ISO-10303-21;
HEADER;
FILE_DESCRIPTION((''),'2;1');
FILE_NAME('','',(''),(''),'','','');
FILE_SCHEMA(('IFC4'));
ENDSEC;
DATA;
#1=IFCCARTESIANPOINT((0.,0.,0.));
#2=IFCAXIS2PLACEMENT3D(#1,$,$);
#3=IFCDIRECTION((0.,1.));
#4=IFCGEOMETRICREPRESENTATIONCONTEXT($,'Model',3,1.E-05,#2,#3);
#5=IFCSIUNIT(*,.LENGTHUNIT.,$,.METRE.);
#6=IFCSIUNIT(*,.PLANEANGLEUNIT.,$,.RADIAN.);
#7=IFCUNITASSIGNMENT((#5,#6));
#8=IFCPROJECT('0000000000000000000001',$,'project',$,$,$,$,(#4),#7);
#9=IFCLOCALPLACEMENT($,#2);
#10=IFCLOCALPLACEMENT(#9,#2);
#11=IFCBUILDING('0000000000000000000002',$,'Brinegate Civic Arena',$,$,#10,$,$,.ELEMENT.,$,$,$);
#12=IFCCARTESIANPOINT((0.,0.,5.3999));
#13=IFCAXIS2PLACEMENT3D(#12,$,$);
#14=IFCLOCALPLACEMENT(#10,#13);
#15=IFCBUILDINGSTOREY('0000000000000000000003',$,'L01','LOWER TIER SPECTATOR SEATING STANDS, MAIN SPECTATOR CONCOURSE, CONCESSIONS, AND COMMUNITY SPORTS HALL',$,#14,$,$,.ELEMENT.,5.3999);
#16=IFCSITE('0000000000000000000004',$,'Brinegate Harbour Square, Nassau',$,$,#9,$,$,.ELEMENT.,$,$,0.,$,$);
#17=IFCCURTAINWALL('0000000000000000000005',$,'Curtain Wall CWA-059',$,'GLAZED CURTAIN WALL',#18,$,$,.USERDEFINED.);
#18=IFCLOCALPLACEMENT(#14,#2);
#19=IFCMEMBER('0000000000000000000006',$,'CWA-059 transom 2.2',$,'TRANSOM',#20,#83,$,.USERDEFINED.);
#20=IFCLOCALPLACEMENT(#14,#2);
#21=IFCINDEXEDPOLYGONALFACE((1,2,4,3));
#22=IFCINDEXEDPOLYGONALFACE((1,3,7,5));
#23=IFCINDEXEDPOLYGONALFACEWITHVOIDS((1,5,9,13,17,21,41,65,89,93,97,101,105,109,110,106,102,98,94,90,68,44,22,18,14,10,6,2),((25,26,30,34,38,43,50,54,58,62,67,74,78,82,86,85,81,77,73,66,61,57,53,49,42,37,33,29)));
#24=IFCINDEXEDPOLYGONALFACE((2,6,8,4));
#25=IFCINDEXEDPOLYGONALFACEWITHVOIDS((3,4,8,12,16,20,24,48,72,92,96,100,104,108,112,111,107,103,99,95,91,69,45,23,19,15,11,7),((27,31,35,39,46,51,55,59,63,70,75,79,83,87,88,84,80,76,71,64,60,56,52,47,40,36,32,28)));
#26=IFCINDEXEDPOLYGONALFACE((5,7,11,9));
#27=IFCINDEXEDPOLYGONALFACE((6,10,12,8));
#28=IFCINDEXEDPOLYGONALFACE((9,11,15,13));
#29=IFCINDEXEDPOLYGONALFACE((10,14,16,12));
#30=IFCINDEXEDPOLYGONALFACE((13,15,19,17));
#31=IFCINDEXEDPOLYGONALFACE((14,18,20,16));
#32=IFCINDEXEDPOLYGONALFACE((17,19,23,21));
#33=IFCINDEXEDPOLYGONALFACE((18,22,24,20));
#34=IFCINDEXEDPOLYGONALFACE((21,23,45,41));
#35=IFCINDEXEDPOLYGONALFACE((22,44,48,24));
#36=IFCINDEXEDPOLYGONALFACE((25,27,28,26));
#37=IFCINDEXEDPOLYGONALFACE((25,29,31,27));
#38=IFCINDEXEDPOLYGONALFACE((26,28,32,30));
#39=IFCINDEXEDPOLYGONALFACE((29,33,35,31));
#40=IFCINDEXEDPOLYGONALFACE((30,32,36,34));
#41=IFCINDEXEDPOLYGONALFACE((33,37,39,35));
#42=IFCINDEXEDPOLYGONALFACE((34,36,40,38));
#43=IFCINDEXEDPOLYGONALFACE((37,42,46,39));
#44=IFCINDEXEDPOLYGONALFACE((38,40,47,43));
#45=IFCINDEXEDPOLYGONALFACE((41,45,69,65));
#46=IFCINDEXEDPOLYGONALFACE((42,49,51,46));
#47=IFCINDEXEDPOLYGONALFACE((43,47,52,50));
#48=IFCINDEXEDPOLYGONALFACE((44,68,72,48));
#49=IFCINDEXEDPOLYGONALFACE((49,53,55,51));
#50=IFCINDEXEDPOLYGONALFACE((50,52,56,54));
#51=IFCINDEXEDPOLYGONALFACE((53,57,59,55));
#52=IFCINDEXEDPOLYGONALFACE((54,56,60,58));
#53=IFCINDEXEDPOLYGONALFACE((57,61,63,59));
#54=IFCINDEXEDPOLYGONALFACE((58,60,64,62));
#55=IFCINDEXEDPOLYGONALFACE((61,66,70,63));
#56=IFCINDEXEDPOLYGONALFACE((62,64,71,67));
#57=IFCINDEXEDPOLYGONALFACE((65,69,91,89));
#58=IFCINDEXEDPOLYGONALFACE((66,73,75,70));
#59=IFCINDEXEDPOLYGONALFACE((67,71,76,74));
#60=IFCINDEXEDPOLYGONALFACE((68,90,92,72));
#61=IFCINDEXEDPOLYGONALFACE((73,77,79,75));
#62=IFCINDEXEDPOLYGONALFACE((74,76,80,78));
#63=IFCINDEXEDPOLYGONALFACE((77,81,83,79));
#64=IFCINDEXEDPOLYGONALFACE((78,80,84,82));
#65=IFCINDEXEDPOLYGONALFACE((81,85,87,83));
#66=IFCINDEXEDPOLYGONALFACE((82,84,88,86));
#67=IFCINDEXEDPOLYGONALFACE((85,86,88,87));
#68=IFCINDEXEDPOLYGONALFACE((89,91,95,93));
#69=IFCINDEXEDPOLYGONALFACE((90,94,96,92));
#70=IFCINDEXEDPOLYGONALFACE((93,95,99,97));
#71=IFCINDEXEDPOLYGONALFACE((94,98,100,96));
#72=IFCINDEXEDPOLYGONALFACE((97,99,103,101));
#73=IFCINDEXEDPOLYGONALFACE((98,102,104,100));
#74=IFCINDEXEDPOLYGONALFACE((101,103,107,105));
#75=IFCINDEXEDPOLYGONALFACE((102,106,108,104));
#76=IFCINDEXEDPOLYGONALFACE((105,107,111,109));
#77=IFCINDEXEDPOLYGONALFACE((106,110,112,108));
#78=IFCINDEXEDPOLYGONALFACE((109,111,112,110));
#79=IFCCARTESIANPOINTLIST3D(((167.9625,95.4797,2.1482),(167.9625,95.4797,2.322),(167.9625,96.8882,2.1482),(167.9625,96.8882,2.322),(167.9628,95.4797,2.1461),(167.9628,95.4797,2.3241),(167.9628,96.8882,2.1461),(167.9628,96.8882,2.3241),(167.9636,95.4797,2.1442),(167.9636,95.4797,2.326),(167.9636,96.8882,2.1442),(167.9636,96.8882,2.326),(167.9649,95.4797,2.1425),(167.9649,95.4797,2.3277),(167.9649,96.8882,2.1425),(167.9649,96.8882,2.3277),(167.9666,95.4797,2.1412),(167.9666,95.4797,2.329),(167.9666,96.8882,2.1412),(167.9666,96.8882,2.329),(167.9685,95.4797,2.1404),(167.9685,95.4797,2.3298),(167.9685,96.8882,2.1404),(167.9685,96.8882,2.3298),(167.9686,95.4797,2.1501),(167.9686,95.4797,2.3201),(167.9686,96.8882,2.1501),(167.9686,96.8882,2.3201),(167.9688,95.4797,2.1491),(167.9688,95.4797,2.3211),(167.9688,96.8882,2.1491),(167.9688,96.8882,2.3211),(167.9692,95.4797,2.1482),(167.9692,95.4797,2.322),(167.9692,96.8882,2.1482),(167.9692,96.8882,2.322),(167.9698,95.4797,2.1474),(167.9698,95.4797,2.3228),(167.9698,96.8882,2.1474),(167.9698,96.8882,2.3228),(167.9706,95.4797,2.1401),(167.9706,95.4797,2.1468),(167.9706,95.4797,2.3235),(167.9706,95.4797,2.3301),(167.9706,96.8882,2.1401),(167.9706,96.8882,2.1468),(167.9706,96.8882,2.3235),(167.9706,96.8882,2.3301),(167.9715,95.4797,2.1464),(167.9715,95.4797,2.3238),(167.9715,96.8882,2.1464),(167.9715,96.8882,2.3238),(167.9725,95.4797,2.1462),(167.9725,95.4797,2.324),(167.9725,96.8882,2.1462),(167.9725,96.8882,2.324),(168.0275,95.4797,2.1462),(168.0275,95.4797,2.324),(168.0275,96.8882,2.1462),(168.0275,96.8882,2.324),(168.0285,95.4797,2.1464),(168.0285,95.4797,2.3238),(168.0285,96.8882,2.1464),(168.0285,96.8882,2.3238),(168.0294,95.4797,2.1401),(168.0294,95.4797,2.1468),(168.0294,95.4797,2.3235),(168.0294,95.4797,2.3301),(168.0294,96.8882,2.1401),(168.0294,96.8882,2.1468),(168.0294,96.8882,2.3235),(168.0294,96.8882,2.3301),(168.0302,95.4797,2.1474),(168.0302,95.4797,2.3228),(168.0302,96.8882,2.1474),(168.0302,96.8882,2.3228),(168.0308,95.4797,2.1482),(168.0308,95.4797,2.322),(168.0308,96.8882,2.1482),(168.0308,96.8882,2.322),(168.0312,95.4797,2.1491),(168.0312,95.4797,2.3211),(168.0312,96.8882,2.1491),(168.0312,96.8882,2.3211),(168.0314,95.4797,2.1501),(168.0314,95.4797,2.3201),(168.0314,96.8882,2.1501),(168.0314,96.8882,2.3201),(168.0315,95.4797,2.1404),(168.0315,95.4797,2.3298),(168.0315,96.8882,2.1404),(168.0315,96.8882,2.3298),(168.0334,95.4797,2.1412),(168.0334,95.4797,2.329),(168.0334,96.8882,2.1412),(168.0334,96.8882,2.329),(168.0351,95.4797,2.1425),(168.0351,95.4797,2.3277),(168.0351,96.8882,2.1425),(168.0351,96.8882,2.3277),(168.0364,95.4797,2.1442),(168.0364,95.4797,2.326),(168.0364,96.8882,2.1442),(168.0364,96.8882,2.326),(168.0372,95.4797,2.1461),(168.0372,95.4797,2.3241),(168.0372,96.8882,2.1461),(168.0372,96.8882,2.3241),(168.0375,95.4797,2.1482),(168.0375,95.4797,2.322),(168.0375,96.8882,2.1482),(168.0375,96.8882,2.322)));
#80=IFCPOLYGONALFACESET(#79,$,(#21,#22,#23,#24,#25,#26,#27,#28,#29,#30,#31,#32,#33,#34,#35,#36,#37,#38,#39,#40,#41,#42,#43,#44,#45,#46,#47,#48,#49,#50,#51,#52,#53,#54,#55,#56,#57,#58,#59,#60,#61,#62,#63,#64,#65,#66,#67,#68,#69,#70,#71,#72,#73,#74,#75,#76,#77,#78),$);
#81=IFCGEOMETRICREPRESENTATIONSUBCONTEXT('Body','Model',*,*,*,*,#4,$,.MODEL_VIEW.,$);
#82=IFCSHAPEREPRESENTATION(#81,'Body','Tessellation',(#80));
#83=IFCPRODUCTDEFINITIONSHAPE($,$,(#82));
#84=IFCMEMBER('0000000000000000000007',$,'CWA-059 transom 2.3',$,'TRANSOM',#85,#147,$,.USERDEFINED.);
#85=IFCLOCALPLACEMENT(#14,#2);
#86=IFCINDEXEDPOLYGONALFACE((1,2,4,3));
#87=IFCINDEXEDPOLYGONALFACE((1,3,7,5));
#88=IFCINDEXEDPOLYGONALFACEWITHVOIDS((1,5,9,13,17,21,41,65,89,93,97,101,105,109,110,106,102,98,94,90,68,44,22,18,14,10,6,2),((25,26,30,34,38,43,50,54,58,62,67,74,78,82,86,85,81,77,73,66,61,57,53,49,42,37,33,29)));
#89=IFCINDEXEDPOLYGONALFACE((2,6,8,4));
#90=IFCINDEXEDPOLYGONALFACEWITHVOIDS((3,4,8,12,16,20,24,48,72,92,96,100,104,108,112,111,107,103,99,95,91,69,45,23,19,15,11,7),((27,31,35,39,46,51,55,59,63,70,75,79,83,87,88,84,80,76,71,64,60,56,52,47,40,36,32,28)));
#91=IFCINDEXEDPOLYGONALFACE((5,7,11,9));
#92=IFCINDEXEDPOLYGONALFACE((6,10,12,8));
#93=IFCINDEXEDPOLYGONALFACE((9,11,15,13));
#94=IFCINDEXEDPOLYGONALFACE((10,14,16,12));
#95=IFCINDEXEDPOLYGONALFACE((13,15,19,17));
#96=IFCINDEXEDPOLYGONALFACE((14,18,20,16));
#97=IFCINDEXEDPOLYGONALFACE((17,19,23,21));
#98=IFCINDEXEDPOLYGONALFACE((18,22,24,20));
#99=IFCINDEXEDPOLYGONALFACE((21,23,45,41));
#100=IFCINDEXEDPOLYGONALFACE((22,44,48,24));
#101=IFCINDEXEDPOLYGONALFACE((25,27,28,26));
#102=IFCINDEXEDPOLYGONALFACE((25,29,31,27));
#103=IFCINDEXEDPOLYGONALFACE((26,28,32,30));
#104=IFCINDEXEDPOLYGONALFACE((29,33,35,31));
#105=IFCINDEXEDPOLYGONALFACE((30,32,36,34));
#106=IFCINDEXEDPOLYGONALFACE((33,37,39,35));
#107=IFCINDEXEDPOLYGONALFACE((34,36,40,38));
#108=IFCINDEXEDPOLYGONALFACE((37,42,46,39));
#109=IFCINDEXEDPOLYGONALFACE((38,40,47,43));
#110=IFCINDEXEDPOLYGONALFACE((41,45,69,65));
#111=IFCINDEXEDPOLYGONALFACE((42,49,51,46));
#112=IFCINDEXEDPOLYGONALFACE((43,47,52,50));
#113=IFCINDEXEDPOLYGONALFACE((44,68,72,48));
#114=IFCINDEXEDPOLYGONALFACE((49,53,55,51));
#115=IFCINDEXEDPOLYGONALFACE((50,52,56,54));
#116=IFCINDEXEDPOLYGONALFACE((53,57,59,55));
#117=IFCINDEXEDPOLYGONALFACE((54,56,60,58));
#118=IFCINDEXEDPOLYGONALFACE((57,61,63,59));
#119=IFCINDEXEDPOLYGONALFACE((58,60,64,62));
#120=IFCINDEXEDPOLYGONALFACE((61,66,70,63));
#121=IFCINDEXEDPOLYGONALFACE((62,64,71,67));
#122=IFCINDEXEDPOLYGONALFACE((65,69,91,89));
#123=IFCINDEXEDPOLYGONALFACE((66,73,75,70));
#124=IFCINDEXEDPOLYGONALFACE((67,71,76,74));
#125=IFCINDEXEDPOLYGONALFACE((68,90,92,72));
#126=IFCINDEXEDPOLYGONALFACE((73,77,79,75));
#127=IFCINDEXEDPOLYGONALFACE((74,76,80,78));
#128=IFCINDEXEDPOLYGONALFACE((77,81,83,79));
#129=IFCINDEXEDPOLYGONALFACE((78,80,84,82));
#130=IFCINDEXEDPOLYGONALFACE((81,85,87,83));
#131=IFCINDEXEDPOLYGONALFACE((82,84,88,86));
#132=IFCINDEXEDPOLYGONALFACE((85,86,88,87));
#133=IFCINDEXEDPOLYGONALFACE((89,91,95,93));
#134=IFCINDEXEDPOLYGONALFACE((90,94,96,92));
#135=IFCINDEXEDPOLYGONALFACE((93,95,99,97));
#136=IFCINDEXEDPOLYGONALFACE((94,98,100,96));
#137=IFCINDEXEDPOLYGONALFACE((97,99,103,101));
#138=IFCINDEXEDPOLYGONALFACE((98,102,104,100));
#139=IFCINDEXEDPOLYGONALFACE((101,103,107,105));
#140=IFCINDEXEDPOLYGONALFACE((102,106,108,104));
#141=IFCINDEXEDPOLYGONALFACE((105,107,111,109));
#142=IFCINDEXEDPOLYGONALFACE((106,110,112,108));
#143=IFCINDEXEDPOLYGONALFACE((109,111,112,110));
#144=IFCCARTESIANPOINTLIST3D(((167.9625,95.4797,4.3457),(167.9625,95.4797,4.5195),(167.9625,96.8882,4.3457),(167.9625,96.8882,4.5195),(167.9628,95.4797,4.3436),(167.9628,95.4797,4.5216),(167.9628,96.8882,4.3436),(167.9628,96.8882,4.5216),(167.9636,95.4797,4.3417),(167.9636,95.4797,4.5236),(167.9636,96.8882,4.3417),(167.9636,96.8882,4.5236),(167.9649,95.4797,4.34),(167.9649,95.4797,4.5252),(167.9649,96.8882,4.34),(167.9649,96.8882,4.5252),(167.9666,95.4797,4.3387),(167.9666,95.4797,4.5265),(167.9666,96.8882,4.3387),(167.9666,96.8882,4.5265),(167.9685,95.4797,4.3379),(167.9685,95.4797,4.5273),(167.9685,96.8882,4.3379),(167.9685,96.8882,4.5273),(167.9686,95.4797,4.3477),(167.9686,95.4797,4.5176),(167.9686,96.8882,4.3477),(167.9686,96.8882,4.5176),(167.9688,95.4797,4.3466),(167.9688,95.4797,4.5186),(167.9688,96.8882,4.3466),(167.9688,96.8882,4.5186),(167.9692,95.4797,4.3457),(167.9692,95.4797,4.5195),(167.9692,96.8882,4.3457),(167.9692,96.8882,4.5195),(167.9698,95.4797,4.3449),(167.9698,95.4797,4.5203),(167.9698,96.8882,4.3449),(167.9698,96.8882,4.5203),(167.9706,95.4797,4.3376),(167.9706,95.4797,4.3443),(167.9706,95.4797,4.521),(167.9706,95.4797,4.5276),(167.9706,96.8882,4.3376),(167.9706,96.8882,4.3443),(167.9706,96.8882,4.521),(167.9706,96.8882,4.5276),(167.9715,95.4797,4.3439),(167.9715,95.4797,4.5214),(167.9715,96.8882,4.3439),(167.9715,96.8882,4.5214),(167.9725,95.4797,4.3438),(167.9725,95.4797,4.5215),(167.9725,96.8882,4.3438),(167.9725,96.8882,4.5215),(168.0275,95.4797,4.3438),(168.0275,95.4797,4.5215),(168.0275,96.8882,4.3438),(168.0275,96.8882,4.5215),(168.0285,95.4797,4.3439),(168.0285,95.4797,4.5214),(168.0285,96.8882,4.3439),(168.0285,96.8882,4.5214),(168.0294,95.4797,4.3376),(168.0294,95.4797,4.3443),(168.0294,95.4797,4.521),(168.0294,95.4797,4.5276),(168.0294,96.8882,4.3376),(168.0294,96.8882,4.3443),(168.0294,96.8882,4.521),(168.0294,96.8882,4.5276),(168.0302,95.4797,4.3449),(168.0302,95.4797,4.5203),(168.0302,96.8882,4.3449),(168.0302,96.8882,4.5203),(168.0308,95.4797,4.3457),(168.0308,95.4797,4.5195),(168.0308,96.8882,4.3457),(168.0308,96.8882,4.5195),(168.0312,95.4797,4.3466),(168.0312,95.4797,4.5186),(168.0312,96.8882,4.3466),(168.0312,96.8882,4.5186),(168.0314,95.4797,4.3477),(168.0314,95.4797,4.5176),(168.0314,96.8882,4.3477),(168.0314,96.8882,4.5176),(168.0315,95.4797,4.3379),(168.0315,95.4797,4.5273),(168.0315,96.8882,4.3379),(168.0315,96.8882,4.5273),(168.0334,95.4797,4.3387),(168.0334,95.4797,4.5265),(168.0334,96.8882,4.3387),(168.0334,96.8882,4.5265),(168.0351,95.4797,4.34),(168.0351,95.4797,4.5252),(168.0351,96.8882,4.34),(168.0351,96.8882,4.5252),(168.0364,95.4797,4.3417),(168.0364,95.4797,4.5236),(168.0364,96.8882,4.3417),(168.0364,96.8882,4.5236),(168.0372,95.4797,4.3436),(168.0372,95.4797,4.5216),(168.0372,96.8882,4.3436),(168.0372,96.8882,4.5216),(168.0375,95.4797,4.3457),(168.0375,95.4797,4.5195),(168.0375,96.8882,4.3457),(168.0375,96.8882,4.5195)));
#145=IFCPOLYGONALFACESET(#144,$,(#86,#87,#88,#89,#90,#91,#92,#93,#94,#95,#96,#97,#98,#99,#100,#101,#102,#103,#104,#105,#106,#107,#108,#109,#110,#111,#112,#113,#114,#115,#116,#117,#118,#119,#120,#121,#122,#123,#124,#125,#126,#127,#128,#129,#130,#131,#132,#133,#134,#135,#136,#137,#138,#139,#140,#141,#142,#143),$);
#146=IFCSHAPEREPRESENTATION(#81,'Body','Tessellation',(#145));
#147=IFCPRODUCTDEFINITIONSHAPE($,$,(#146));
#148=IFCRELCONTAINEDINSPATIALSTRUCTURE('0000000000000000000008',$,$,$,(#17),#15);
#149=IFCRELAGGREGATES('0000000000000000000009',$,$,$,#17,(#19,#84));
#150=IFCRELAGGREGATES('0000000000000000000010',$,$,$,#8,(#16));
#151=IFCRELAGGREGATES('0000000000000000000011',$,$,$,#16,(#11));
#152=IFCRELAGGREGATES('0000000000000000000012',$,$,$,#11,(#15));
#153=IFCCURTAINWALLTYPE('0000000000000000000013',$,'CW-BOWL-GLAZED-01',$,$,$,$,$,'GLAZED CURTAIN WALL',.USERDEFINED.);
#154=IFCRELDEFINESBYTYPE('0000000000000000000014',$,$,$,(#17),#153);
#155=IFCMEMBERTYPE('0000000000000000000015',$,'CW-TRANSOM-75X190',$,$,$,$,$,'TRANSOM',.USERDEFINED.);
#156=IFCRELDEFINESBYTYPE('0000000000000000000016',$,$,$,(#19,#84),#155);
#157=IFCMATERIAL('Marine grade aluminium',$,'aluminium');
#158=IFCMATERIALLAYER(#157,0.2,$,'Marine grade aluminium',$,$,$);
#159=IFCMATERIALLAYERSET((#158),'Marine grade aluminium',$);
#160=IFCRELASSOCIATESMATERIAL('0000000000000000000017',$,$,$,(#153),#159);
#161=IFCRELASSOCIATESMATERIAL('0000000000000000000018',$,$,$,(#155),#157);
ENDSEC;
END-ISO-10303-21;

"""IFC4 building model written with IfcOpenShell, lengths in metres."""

from ifc_helpers import new_model, si_unit, direction, frame, origin, origin_2d, place, context, subcontext, project, spatial, hollow_rectangle, extrude, material, layer, layer_set, material_profile, profile_set, type_object, element, aggregate, save


model = new_model("IFC4")

# Units and contexts
model_context = context("Model", 3, precision=1e-05, world=origin(), true_north=direction((0.0, 1.0)))
body_context = subcontext(model_context, "Body", "Model", "MODEL_VIEW")
ifc_project = project(units=[si_unit("LENGTHUNIT", "METRE"), si_unit("PLANEANGLEUNIT", "RADIAN")], contexts=[model_context])

# Site, building, storey
site_placement = place(None, origin())
site = spatial("IfcSite", under=ifc_project, at=site_placement, Name="Brinegate Harbour Square, Nassau", CompositionType="ELEMENT", RefElevation=0.0)
building_placement = place(site_placement, origin())
building = spatial("IfcBuilding", under=site, at=building_placement, Name="Brinegate Civic Arena", CompositionType="ELEMENT")
storey_placement = place(building_placement, frame((0.0, 0.0, 5.3999)))
storey = spatial("IfcBuildingStorey", under=building, at=storey_placement, Name="L01", Description="LOWER TIER SPECTATOR SEATING STANDS, MAIN SPECTATOR CONCOURSE, CONCESSIONS, AND COMMUNITY SPORTS HALL", CompositionType="ELEMENT", Elevation=5.3999)

# Curtain wall, members
ifc_material_1 = material(Name="Marine grade aluminium", Category="aluminium")
ifc_layer_1 = layer(ifc_material_1, 0.2, Name="Marine grade aluminium")
ifc_layer_set_1 = layer_set([ifc_layer_1], Name="Marine grade aluminium")
curtain_wall_type = type_object("IfcCurtainWallType", Name="CW-BOWL-GLAZED-01", ElementType="GLAZED CURTAIN WALL", PredefinedType="USERDEFINED", material=ifc_layer_set_1)
curtain_wall_placement = place(storey_placement, origin())
curtain_wall = element("IfcCurtainWall", 1, at=curtain_wall_placement, inside=storey, type_object=curtain_wall_type, Name="Curtain Wall CWA-059", ObjectType="GLAZED CURTAIN WALL", PredefinedType="USERDEFINED")
ifc_material_profile_1 = material_profile(ifc_material_1, hollow_rectangle(XDim=0.075, YDim=0.1899, WallThickness=0.0061, InnerFilletRadius=0.0039, OuterFilletRadius=0.0081, at=origin_2d()), Name="TRN75X190")
ifc_profile_set_1 = profile_set([ifc_material_profile_1], Name="Marine grade aluminium")
member_type_1 = type_object("IfcMemberType", Name="CW-TRANSOM-75X190", ElementType="TRANSOM", PredefinedType="USERDEFINED", material=ifc_profile_set_1)
member_1_placement = place(storey_placement, frame((168.0, 95.4797, 2.2351), z_axis=(0.0, 1.0, 0.0), x_axis=(-1.0, 0.0, 0.0)))
member_1 = element("IfcMember", 2, at=member_1_placement, type_object=member_type_1, Name="CWA-059 transom 2.2", ObjectType="TRANSOM", PredefinedType="USERDEFINED", context=body_context, shape_type="SweptSolid", body=[
    extrude(hollow_rectangle(XDim=0.075, YDim=0.1899, WallThickness=0.0061, InnerFilletRadius=0.0039, OuterFilletRadius=0.0081, at=origin_2d()), origin(), (0.0, 0.0, 1.0), 1.4084),
])
member_2_placement = place(storey_placement, frame((168.0, 95.4797, 4.4326), z_axis=(0.0, 1.0, 0.0), x_axis=(-1.0, 0.0, 0.0)))
member_2 = element("IfcMember", 3, at=member_2_placement, type_object=member_type_1, Name="CWA-059 transom 2.3", ObjectType="TRANSOM", PredefinedType="USERDEFINED", context=body_context, shape_type="SweptSolid", body=[
    extrude(hollow_rectangle(XDim=0.075, YDim=0.1899, WallThickness=0.0061, InnerFilletRadius=0.0039, OuterFilletRadius=0.0081, at=origin_2d()), origin(), (0.0, 0.0, 1.0), 1.4084),
])
aggregate(curtain_wall, [member_1, member_2])

save(model, "model.ifc")
